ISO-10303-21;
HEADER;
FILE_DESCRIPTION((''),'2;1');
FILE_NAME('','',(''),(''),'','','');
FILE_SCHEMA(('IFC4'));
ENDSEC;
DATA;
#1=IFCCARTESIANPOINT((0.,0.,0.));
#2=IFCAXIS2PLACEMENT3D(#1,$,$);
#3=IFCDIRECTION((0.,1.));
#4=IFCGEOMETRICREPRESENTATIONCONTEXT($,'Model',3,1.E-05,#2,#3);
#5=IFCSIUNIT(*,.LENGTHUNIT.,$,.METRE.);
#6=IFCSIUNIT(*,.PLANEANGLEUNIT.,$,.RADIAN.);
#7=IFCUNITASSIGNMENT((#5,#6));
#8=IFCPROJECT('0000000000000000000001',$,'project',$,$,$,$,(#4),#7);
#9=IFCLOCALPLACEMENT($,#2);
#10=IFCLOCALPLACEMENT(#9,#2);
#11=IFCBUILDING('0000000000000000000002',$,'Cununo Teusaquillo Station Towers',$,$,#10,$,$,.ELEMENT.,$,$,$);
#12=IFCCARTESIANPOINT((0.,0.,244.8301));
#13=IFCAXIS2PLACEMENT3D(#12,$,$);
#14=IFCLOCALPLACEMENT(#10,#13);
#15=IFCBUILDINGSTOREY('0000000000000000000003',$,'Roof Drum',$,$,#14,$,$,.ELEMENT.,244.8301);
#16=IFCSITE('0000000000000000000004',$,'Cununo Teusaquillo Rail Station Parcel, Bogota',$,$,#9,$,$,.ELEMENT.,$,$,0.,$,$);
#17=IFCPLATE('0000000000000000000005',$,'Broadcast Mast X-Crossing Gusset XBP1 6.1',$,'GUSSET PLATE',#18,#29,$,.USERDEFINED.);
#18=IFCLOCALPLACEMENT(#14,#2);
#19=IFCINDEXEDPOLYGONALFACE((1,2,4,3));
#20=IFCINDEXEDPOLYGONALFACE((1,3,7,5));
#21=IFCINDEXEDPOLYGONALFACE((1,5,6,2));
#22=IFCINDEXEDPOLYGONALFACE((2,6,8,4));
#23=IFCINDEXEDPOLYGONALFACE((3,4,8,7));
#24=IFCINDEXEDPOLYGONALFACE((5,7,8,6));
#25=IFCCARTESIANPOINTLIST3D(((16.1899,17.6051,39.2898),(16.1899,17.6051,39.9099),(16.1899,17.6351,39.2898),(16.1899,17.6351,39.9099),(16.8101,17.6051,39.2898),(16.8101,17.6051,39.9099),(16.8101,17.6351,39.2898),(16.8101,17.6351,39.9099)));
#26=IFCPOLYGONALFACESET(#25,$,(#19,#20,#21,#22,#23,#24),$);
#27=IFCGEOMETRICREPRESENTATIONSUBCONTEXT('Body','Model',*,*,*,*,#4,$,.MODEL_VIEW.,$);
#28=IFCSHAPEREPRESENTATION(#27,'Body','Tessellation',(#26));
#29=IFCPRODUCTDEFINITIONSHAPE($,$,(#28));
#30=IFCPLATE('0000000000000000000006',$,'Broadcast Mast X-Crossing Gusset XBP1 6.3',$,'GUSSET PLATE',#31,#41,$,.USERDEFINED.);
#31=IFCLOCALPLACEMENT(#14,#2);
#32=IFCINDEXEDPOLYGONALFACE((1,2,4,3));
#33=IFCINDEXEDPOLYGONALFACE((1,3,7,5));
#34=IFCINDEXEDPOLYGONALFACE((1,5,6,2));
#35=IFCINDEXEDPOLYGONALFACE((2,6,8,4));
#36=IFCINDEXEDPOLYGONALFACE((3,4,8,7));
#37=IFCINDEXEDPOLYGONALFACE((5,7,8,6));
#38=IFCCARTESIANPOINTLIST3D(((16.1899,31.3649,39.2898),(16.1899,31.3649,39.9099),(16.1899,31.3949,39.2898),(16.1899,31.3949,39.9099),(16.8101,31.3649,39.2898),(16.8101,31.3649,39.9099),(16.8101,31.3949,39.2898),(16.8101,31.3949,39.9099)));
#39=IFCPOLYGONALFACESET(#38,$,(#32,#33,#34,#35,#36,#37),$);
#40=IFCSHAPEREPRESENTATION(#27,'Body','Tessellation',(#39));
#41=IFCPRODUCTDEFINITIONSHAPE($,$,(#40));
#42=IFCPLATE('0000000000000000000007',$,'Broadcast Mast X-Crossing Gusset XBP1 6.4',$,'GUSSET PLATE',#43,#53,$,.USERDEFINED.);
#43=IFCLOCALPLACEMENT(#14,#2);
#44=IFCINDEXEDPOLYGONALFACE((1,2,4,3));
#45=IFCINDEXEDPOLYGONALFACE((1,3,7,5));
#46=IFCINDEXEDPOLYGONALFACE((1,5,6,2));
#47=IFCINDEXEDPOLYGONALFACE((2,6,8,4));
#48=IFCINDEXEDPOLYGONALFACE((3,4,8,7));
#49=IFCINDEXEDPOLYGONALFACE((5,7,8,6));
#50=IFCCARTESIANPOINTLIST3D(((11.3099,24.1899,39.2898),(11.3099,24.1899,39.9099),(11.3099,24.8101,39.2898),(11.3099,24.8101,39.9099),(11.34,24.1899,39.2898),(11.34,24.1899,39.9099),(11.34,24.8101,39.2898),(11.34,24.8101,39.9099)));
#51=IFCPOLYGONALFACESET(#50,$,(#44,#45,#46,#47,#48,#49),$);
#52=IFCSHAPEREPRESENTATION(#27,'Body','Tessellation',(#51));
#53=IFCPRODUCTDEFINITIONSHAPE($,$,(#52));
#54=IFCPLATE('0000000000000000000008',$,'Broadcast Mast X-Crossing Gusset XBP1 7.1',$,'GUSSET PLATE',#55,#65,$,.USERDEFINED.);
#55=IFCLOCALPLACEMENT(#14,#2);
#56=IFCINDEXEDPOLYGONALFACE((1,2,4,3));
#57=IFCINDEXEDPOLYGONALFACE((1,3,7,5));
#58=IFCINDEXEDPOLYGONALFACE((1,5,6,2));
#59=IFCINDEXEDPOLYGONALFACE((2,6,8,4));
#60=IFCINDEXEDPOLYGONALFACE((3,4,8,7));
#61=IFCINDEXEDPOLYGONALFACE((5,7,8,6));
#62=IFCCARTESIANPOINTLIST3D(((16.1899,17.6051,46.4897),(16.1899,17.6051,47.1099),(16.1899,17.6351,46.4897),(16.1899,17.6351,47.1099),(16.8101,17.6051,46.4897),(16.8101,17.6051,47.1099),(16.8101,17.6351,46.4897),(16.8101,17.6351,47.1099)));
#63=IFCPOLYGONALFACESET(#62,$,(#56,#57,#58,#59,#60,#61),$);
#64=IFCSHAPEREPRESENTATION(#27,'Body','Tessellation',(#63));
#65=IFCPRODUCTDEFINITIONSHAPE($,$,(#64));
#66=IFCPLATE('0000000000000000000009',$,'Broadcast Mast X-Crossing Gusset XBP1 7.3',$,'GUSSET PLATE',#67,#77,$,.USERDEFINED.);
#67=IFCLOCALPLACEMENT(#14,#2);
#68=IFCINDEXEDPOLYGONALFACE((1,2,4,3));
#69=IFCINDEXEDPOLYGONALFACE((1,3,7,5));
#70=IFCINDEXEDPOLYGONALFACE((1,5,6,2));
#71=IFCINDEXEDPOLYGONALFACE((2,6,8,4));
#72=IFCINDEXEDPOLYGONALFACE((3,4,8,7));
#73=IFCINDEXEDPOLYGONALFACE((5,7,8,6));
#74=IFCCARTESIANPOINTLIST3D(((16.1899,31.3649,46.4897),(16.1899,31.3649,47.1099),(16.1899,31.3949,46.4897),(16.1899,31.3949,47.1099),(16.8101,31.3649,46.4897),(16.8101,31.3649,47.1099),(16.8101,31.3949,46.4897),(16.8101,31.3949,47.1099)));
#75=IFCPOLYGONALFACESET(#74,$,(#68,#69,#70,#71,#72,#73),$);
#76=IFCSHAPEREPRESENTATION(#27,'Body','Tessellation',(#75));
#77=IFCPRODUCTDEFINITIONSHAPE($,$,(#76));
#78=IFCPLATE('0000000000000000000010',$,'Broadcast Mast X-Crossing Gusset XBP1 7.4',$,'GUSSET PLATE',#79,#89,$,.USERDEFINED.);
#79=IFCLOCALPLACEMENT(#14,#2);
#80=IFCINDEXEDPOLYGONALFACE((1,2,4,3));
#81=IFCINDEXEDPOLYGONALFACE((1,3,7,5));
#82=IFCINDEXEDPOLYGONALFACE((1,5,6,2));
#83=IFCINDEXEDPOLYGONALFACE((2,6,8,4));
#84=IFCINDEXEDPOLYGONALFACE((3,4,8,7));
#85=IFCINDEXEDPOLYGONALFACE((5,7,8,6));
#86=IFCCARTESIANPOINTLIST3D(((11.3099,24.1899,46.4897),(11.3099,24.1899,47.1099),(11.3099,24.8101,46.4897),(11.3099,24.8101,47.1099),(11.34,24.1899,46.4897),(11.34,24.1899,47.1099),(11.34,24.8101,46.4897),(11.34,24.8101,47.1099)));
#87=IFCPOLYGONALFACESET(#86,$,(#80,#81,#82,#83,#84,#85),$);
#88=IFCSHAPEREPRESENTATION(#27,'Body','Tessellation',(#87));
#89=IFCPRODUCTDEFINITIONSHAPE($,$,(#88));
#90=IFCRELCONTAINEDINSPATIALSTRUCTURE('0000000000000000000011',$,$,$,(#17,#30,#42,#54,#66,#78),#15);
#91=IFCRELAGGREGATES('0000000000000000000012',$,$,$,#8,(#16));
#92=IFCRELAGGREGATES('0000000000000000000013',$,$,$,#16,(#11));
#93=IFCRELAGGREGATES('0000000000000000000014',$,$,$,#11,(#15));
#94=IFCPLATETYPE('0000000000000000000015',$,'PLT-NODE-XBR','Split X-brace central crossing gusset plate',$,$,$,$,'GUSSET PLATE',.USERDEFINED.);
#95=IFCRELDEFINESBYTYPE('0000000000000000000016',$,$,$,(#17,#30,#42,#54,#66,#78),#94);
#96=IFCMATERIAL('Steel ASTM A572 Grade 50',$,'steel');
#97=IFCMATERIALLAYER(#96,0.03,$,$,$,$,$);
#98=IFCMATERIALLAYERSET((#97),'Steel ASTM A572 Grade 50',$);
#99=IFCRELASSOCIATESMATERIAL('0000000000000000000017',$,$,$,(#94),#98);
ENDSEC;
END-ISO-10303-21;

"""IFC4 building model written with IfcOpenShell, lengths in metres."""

from ifc_helpers import new_model, si_unit, direction, frame, origin, origin_2d, place, context, subcontext, project, spatial, rectangle, extrude, source, transform, mapped, material, layer, layer_set, type_object, element, save


model = new_model("IFC4")

# Units and contexts
model_context = context("Model", 3, precision=1e-05, world=origin(), true_north=direction((0.0, 1.0)))
body_context = subcontext(model_context, "Body", "Model", "MODEL_VIEW")
ifc_project = project(units=[si_unit("LENGTHUNIT", "METRE"), si_unit("PLANEANGLEUNIT", "RADIAN")], contexts=[model_context])

# Site, building, storey
site_placement = place(None, origin())
site = spatial("IfcSite", under=ifc_project, at=site_placement, Name="Cununo Teusaquillo Rail Station Parcel, Bogota", CompositionType="ELEMENT", RefElevation=0.0)
building_placement = place(site_placement, origin())
building = spatial("IfcBuilding", under=site, at=building_placement, Name="Cununo Teusaquillo Station Towers", CompositionType="ELEMENT")
storey_placement = place(building_placement, frame((0.0, 0.0, 244.8301)))
storey = spatial("IfcBuildingStorey", under=building, at=storey_placement, Name="Roof Drum", CompositionType="ELEMENT", Elevation=244.8301)

# Plates
ifc_material_1 = material(Name="Steel ASTM A572 Grade 50", Category="steel")
ifc_layer_1 = layer(ifc_material_1, 0.03)
ifc_layer_set_1 = layer_set([ifc_layer_1], Name="Steel ASTM A572 Grade 50")
plate_type_1 = type_object("IfcPlateType", Name="PLT-NODE-XBR", Description="Split X-brace central crossing gusset plate", ElementType="GUSSET PLATE", PredefinedType="USERDEFINED", material=ifc_layer_set_1)
shared_shape_1 = source(origin(), body_context, "Body", "SweptSolid", [
    extrude(rectangle(XDim=0.6201, YDim=0.03, at=origin_2d()), origin(), (0.0, 0.0, 1.0), 0.6201),
])
for number, where, z_axis, x_axis, name in (
    (1, (16.5, 17.6201, 39.2898), (0.0, 0.0, 1.0), (1.0, 0.0, 0.0), "Broadcast Mast X-Crossing Gusset XBP1 6.1"),
    (2, (16.5, 31.3799, 39.2898), (0.0, 0.0, 1.0), (-1.0, 0.0, 0.0), "Broadcast Mast X-Crossing Gusset XBP1 6.3"),
    (3, (11.325, 24.5, 39.2898), (0.0, 0.0, 1.0), (0.0, -1.0, 0.0), "Broadcast Mast X-Crossing Gusset XBP1 6.4"),
    (4, (16.5, 17.6201, 46.4897), (0.0, 0.0, 1.0), (1.0, 0.0, 0.0), "Broadcast Mast X-Crossing Gusset XBP1 7.1"),
    (5, (16.5, 31.3799, 46.4897), (0.0, 0.0, 1.0), (-1.0, 0.0, 0.0), "Broadcast Mast X-Crossing Gusset XBP1 7.3"),
    (6, (11.325, 24.5, 46.4897), (0.0, 0.0, 1.0), (0.0, -1.0, 0.0), "Broadcast Mast X-Crossing Gusset XBP1 7.4"),
):
    element("IfcPlate", number, at=place(storey_placement, frame(where, z_axis=z_axis, x_axis=x_axis)), inside=storey, type_object=plate_type_1, Name=name, ObjectType="GUSSET PLATE", PredefinedType="USERDEFINED", context=body_context, shape_type="MappedRepresentation", body=[
        mapped(shared_shape_1, transform((0.0, 0.0, 0.0), x_axis=(1.0, 0.0, 0.0), y_axis=(0.0, 1.0, 0.0), z_axis=(0.0, 0.0, 1.0), scale=1.0)),
    ])

save(model, "model.ifc")
